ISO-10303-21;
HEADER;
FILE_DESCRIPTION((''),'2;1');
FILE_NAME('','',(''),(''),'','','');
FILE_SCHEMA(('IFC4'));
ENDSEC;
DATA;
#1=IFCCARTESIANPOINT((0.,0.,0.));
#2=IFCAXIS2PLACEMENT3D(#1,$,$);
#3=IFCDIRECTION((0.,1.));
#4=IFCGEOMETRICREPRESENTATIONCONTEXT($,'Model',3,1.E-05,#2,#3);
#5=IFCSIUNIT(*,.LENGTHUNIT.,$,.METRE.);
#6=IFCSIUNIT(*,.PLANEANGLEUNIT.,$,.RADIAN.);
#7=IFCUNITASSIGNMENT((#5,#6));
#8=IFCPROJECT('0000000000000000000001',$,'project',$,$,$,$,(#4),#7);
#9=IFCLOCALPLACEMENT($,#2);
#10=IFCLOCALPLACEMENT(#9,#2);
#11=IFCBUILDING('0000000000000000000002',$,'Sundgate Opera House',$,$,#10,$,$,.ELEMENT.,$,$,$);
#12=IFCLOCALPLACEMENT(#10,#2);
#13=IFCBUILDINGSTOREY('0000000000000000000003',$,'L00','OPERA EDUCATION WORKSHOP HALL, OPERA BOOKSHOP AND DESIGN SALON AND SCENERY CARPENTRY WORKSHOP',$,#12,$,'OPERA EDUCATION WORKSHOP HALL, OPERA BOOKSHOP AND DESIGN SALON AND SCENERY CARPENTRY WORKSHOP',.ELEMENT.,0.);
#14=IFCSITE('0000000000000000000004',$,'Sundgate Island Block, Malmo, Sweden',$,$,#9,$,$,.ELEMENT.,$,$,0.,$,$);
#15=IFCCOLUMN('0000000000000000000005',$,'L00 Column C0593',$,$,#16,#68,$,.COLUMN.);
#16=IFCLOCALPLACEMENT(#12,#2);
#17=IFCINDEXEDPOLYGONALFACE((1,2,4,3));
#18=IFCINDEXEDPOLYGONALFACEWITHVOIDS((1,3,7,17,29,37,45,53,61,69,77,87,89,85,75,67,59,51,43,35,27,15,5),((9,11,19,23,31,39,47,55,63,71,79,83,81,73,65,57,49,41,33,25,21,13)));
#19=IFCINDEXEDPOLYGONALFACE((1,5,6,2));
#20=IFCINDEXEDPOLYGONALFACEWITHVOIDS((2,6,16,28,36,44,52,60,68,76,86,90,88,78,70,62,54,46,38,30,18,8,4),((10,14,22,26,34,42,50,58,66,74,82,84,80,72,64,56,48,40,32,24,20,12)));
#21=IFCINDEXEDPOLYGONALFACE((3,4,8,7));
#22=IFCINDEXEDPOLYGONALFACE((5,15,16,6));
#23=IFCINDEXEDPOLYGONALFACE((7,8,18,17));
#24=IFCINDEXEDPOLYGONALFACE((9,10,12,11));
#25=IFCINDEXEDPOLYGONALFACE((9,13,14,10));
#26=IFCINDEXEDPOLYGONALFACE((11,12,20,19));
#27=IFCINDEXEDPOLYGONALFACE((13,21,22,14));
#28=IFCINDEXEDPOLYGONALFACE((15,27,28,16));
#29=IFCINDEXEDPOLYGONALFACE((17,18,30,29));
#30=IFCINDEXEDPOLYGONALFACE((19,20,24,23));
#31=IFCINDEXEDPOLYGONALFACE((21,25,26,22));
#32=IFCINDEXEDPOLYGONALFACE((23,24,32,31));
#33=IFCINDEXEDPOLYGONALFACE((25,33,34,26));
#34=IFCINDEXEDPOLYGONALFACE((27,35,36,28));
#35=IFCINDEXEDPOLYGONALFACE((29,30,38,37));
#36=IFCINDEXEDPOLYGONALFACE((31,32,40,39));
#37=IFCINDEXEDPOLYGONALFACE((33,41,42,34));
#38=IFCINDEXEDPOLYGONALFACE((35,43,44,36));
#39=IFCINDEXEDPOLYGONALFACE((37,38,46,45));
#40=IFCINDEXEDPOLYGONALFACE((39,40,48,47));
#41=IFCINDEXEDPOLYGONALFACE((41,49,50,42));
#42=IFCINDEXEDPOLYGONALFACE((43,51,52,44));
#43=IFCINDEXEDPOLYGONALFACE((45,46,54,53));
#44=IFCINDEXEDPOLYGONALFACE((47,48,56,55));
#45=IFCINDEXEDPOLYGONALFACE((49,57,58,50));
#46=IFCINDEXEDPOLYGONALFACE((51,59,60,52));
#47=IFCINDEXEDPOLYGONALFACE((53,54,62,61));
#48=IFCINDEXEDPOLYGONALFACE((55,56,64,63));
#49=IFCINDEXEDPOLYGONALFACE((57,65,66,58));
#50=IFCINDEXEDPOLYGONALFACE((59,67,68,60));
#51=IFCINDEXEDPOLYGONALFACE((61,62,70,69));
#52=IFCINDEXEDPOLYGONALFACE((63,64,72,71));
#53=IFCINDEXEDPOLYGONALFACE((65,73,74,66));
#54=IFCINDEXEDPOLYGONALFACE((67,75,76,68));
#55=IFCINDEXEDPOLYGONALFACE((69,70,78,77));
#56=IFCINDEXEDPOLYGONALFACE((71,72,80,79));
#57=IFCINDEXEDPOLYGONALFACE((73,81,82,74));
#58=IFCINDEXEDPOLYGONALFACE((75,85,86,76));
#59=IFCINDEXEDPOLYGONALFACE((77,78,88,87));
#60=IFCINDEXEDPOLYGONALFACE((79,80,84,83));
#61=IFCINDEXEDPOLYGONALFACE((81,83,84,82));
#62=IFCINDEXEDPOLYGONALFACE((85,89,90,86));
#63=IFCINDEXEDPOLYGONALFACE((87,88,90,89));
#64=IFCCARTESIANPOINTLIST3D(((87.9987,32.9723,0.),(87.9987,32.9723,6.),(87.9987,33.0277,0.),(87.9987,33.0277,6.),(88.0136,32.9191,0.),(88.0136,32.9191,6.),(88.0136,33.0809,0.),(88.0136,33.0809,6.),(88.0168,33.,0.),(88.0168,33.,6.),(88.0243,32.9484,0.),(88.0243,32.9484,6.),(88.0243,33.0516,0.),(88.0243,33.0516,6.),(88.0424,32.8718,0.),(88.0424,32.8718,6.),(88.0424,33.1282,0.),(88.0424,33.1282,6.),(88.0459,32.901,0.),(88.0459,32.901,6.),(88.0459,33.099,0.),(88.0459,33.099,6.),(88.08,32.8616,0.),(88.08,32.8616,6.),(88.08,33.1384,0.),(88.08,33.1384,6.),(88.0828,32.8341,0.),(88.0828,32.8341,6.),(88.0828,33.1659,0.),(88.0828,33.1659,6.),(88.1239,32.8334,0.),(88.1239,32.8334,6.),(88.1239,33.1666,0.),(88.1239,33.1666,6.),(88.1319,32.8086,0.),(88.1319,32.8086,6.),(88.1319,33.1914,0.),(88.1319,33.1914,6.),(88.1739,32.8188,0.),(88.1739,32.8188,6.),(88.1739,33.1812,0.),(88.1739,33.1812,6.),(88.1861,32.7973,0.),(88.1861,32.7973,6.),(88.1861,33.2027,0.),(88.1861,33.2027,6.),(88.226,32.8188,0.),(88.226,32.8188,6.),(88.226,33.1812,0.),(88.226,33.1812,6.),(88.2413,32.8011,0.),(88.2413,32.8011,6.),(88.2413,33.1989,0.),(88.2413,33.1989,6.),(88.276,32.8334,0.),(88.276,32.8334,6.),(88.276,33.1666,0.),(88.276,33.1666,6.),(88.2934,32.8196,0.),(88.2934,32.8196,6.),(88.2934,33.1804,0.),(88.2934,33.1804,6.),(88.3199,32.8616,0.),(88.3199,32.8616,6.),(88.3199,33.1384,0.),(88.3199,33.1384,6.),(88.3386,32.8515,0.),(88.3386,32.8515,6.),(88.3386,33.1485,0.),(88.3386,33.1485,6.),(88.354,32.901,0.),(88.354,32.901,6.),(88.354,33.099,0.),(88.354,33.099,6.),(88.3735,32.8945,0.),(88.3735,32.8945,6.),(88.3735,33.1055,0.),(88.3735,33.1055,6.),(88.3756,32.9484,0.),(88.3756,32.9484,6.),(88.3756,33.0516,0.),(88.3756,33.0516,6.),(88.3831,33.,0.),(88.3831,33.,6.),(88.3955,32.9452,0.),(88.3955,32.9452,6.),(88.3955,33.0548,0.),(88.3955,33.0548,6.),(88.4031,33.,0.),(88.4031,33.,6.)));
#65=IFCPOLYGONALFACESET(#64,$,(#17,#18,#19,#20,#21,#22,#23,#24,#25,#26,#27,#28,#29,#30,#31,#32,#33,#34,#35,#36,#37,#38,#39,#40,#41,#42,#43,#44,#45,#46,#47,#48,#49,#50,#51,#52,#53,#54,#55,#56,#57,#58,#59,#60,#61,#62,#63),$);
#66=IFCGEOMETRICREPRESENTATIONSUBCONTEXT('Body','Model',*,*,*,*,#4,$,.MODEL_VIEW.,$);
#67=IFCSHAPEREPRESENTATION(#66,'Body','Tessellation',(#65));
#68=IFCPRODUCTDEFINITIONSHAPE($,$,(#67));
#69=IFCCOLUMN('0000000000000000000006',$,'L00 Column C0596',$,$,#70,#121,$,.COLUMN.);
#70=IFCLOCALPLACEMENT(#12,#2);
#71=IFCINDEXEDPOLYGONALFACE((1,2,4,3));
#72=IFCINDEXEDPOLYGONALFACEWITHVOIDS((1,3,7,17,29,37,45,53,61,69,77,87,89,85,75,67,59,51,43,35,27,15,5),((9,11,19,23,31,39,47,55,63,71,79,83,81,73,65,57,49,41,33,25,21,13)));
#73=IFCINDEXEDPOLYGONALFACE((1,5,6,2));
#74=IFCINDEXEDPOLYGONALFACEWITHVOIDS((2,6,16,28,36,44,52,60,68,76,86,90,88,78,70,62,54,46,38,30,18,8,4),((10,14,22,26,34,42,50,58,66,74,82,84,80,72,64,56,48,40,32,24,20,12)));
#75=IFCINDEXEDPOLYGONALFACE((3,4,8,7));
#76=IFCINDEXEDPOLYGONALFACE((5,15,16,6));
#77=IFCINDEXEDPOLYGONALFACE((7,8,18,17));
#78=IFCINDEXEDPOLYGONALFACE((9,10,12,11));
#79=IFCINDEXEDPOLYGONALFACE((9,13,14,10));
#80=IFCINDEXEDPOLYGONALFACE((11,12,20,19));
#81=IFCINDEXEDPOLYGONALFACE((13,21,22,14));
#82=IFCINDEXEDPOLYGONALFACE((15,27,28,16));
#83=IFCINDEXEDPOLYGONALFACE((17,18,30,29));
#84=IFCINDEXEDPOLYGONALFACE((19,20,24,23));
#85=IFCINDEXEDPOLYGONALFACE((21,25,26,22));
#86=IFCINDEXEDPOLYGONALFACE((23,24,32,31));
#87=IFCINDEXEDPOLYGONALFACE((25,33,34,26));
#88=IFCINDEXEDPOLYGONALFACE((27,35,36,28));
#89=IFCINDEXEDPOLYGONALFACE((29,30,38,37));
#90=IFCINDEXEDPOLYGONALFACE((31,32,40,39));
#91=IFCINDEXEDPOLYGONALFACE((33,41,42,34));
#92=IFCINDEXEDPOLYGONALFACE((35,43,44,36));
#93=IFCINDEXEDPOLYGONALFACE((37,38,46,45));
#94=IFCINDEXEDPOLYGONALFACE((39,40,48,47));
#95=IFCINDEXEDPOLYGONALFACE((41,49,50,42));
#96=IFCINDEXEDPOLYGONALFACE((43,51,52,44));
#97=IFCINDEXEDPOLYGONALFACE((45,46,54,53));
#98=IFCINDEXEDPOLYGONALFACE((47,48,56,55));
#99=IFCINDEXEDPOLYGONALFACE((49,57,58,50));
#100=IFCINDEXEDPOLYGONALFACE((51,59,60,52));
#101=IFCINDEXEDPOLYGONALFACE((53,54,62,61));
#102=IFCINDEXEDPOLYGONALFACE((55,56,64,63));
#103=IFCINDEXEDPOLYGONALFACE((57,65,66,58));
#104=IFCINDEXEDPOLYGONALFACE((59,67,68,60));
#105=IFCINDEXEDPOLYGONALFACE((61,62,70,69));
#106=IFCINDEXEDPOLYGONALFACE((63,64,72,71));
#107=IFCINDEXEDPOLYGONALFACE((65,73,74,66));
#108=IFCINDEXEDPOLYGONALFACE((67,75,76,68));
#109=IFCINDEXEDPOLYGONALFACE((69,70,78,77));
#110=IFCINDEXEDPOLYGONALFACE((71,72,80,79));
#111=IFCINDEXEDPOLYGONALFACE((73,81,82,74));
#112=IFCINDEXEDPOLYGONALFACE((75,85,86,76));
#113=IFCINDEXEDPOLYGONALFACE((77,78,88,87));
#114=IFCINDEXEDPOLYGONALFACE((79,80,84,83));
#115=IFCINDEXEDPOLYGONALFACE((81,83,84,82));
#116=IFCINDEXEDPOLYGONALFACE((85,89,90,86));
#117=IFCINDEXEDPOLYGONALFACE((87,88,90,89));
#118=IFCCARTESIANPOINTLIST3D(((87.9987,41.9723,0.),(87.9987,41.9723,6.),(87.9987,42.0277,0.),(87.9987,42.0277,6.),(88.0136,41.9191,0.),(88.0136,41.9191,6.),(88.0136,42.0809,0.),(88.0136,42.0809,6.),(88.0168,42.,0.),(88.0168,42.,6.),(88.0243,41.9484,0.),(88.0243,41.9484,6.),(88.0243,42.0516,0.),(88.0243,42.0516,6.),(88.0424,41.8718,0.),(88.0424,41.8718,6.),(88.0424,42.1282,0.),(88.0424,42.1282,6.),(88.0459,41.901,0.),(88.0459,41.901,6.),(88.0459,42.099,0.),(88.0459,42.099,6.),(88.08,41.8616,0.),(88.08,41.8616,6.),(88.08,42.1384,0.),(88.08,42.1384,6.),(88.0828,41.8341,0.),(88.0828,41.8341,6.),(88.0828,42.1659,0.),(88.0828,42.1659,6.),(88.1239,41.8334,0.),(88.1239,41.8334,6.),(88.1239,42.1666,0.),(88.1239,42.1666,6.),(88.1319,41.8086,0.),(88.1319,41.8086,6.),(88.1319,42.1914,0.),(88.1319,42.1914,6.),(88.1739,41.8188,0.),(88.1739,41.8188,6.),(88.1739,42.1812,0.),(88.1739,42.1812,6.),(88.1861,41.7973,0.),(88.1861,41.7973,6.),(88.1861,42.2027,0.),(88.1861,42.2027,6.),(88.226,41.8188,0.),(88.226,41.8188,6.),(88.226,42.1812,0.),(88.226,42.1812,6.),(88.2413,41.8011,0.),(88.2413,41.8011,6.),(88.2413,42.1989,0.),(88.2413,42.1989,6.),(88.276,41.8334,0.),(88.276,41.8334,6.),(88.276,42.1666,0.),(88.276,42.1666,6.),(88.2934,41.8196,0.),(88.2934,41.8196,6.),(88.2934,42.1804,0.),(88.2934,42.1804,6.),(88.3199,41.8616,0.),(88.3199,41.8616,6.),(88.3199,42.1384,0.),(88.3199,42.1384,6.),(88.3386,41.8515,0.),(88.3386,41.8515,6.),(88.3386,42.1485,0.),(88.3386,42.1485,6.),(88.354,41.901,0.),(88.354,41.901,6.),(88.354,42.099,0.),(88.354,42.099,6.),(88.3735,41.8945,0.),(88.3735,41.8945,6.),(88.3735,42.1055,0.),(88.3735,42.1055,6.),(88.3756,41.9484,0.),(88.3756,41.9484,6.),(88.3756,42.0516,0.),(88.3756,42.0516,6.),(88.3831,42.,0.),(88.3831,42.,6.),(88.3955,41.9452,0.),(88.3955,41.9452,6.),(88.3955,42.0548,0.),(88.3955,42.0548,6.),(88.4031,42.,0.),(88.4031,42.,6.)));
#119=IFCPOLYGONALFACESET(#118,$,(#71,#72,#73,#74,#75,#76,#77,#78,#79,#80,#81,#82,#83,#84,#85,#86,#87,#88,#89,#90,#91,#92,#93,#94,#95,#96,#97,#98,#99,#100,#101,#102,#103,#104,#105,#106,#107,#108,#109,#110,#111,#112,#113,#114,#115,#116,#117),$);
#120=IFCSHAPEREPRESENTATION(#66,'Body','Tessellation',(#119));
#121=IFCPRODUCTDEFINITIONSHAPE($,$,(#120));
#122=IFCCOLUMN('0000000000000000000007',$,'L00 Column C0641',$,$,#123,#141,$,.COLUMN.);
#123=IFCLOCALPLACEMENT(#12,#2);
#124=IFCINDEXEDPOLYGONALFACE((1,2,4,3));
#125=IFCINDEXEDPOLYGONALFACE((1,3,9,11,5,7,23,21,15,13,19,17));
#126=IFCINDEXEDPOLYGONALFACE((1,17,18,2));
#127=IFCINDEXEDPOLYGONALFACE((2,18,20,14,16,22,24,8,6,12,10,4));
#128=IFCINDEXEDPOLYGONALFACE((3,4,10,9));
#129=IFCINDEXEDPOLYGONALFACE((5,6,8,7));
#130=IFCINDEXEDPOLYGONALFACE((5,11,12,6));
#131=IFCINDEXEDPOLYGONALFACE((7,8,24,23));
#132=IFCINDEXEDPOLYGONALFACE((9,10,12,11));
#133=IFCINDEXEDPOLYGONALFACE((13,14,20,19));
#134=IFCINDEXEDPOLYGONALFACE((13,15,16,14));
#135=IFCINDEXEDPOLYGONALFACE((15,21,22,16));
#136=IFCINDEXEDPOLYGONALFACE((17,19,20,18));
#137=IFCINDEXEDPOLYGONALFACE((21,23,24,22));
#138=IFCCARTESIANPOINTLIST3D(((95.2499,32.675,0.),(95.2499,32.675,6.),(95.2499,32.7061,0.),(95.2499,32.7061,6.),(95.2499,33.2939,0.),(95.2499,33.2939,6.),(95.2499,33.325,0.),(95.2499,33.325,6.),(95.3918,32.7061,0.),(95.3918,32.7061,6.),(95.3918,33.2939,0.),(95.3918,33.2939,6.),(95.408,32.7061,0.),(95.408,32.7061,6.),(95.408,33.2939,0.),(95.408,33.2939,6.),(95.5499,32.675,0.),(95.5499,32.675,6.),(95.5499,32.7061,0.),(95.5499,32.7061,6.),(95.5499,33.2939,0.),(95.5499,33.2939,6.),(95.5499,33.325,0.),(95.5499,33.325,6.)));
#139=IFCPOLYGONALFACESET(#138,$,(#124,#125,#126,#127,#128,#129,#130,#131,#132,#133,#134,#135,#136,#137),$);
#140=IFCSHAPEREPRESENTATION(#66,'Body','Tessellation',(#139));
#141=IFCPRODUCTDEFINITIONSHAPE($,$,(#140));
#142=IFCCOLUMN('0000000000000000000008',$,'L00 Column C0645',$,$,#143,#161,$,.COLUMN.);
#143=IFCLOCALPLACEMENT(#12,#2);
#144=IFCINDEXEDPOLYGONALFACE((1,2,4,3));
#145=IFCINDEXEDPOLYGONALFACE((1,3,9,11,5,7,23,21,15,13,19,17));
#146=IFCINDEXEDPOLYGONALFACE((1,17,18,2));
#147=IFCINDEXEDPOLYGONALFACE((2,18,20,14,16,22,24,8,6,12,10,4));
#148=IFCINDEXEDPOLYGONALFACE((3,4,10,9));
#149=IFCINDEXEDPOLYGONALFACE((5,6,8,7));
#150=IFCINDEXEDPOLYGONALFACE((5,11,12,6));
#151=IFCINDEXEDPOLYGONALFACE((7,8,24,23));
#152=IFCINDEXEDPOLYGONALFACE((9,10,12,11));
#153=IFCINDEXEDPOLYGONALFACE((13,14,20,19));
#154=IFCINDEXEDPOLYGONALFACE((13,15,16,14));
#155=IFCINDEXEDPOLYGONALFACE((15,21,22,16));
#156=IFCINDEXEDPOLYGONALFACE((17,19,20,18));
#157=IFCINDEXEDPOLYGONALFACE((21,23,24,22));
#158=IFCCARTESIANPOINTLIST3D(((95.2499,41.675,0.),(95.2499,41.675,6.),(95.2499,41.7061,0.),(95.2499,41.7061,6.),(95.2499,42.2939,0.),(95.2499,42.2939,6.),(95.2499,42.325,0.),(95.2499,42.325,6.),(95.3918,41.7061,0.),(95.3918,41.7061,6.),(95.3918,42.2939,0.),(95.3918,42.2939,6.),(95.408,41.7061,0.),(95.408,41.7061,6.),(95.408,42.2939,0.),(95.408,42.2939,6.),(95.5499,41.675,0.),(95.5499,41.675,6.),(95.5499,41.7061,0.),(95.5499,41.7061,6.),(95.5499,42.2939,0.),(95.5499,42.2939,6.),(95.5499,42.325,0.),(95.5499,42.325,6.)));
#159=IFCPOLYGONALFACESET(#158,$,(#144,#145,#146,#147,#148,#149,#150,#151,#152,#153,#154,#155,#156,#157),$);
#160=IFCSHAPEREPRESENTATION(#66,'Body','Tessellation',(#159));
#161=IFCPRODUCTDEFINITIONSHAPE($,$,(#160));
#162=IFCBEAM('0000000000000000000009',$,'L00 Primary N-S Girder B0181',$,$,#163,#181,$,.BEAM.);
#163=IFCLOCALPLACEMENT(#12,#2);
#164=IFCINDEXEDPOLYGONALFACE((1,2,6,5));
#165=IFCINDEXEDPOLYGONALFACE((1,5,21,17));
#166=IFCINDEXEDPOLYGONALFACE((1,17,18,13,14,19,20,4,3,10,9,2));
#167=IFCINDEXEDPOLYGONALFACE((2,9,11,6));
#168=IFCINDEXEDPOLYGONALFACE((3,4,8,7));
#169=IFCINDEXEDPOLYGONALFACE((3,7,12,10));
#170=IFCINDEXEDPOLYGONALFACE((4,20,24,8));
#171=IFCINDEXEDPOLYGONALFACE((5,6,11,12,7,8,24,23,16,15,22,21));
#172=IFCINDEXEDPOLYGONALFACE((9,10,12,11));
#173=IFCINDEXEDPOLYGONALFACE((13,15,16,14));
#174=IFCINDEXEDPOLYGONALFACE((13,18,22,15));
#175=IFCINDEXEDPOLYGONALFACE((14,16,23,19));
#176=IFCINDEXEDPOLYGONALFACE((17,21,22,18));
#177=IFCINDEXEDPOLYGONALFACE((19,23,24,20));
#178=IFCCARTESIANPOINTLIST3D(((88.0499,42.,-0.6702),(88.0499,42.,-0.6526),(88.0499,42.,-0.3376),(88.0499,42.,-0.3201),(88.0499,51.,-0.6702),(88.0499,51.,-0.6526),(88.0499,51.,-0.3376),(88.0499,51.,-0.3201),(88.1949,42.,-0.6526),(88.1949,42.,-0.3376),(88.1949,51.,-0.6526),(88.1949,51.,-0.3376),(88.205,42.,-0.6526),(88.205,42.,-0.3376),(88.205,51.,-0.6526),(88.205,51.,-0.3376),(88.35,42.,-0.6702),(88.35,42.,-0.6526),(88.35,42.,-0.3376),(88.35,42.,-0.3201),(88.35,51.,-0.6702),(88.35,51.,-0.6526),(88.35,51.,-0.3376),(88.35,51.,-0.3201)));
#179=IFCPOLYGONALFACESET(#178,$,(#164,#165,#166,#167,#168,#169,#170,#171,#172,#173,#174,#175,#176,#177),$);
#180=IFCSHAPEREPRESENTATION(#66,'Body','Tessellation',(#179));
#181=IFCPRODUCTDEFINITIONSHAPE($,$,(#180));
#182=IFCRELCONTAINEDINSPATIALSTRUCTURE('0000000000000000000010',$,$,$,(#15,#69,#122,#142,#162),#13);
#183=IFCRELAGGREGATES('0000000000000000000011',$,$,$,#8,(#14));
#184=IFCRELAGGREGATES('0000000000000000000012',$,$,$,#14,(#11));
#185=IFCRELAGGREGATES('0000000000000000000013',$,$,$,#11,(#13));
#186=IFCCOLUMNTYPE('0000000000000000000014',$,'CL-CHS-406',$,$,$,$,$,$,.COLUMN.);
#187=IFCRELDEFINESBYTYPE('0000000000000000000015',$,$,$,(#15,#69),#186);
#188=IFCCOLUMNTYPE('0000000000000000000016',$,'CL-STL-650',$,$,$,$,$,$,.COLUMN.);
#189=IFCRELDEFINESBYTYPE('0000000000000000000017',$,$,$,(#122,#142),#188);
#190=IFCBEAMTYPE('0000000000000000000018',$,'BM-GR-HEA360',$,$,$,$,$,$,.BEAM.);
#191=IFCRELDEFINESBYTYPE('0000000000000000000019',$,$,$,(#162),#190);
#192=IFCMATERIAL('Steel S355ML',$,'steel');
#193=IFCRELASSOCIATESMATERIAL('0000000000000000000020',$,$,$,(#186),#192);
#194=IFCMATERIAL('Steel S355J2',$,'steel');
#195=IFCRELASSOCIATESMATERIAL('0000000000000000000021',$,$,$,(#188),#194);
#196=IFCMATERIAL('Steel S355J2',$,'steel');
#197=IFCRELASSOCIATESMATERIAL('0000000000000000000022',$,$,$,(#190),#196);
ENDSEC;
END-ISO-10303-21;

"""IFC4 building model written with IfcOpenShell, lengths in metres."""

from ifc_helpers import new_model, si_unit, direction, frame, origin, origin_2d, place, context, subcontext, project, spatial, hollow_circle, i_section, extrude, material, material_profile, profile_set, type_object, element, save


model = new_model("IFC4")

# Units and contexts
model_context = context("Model", 3, precision=1e-05, world=origin(), true_north=direction((0.0, 1.0)))
body_context = subcontext(model_context, "Body", "Model", "MODEL_VIEW")
ifc_project = project(units=[si_unit("LENGTHUNIT", "METRE"), si_unit("PLANEANGLEUNIT", "RADIAN")], contexts=[model_context])

# Site, building, storey
site_placement = place(None, origin())
site = spatial("IfcSite", under=ifc_project, at=site_placement, Name="Sundgate Island Block, Malmo, Sweden", CompositionType="ELEMENT", RefElevation=0.0)
building_placement = place(site_placement, origin())
building = spatial("IfcBuilding", under=site, at=building_placement, Name="Sundgate Opera House", CompositionType="ELEMENT")
storey_placement = place(building_placement, origin())
storey = spatial("IfcBuildingStorey", under=building, at=storey_placement, Name="L00", Description="OPERA EDUCATION WORKSHOP HALL, OPERA BOOKSHOP AND DESIGN SALON AND SCENERY CARPENTRY WORKSHOP", LongName="OPERA EDUCATION WORKSHOP HALL, OPERA BOOKSHOP AND DESIGN SALON AND SCENERY CARPENTRY WORKSHOP", CompositionType="ELEMENT", Elevation=0.0)

# Columns
ifc_material_1 = material(Name="Steel S355ML", Category="steel")
ifc_material_profile_1 = material_profile(ifc_material_1, hollow_circle(Radius=0.2031, WallThickness=0.02, at=origin_2d()), Name="CHS 406.4x20.0")
ifc_profile_set_1 = profile_set([ifc_material_profile_1], Name="Steel S355ML")
column_type_1 = type_object("IfcColumnType", Name="CL-CHS-406", PredefinedType="COLUMN", material=ifc_profile_set_1)
for number, where, z_axis, x_axis, name in (
    (1, (88.2, 33.0, 0.0), (0.0, 0.0, 1.0), (1.0, 0.0, 0.0), "L00 Column C0593"),
    (2, (88.2, 42.0, 0.0), (0.0, 0.0, 1.0), (1.0, 0.0, 0.0), "L00 Column C0596"),
):
    element("IfcColumn", number, at=place(storey_placement, frame(where, z_axis=z_axis, x_axis=x_axis)), inside=storey, type_object=column_type_1, Name=name, PredefinedType="COLUMN", context=body_context, shape_type="SweptSolid", body=[
        extrude(hollow_circle(Radius=0.2031, WallThickness=0.02, at=origin_2d()), origin(), (0.0, 0.0, 1.0), 6.0),
    ])
ifc_material_2 = material(Name="Steel S355J2", Category="steel")
ifc_material_profile_2 = material_profile(ifc_material_2, i_section(OverallWidth=0.3, OverallDepth=0.6499, WebThickness=0.0161, FlangeThickness=0.031, at=origin_2d()), Name="HEB 650")
ifc_profile_set_2 = profile_set([ifc_material_profile_2], Name="Steel S355J2")
column_type_2 = type_object("IfcColumnType", Name="CL-STL-650", PredefinedType="COLUMN", material=ifc_profile_set_2)
for number, where, z_axis, x_axis, name in (
    (3, (95.3999, 33.0, 0.0), (0.0, 0.0, 1.0), (1.0, 0.0, 0.0), "L00 Column C0641"),
    (4, (95.3999, 42.0, 0.0), (0.0, 0.0, 1.0), (1.0, 0.0, 0.0), "L00 Column C0645"),
):
    element("IfcColumn", number, at=place(storey_placement, frame(where, z_axis=z_axis, x_axis=x_axis)), inside=storey, type_object=column_type_2, Name=name, PredefinedType="COLUMN", context=body_context, shape_type="SweptSolid", body=[
        extrude(i_section(OverallWidth=0.3, OverallDepth=0.6499, WebThickness=0.0161, FlangeThickness=0.031, at=origin_2d()), origin(), (0.0, 0.0, 1.0), 6.0),
    ])

# Beam
ifc_material_3 = material(Name="Steel S355J2", Category="steel")
ifc_material_profile_3 = material_profile(ifc_material_3, i_section(OverallWidth=0.3, OverallDepth=0.3501, WebThickness=0.01, FlangeThickness=0.0176, at=origin_2d()), Name="HEA 360")
ifc_profile_set_3 = profile_set([ifc_material_profile_3], Name="Steel S355J2")
beam_type_1 = type_object("IfcBeamType", Name="BM-GR-HEA360", PredefinedType="BEAM", material=ifc_profile_set_3)
beam_1_placement = place(storey_placement, frame((88.2, 42.0, -0.4951), z_axis=(0.0, 1.0, 0.0), x_axis=(-1.0, 0.0, 0.0)))
element("IfcBeam", 5, at=beam_1_placement, inside=storey, type_object=beam_type_1, Name="L00 Primary N-S Girder B0181", PredefinedType="BEAM", context=body_context, shape_type="SweptSolid", body=[
    extrude(i_section(OverallWidth=0.3, OverallDepth=0.3501, WebThickness=0.01, FlangeThickness=0.0176, at=origin_2d()), origin(), (0.0, 0.0, 1.0), 9.0),
])

save(model, "model.ifc")
